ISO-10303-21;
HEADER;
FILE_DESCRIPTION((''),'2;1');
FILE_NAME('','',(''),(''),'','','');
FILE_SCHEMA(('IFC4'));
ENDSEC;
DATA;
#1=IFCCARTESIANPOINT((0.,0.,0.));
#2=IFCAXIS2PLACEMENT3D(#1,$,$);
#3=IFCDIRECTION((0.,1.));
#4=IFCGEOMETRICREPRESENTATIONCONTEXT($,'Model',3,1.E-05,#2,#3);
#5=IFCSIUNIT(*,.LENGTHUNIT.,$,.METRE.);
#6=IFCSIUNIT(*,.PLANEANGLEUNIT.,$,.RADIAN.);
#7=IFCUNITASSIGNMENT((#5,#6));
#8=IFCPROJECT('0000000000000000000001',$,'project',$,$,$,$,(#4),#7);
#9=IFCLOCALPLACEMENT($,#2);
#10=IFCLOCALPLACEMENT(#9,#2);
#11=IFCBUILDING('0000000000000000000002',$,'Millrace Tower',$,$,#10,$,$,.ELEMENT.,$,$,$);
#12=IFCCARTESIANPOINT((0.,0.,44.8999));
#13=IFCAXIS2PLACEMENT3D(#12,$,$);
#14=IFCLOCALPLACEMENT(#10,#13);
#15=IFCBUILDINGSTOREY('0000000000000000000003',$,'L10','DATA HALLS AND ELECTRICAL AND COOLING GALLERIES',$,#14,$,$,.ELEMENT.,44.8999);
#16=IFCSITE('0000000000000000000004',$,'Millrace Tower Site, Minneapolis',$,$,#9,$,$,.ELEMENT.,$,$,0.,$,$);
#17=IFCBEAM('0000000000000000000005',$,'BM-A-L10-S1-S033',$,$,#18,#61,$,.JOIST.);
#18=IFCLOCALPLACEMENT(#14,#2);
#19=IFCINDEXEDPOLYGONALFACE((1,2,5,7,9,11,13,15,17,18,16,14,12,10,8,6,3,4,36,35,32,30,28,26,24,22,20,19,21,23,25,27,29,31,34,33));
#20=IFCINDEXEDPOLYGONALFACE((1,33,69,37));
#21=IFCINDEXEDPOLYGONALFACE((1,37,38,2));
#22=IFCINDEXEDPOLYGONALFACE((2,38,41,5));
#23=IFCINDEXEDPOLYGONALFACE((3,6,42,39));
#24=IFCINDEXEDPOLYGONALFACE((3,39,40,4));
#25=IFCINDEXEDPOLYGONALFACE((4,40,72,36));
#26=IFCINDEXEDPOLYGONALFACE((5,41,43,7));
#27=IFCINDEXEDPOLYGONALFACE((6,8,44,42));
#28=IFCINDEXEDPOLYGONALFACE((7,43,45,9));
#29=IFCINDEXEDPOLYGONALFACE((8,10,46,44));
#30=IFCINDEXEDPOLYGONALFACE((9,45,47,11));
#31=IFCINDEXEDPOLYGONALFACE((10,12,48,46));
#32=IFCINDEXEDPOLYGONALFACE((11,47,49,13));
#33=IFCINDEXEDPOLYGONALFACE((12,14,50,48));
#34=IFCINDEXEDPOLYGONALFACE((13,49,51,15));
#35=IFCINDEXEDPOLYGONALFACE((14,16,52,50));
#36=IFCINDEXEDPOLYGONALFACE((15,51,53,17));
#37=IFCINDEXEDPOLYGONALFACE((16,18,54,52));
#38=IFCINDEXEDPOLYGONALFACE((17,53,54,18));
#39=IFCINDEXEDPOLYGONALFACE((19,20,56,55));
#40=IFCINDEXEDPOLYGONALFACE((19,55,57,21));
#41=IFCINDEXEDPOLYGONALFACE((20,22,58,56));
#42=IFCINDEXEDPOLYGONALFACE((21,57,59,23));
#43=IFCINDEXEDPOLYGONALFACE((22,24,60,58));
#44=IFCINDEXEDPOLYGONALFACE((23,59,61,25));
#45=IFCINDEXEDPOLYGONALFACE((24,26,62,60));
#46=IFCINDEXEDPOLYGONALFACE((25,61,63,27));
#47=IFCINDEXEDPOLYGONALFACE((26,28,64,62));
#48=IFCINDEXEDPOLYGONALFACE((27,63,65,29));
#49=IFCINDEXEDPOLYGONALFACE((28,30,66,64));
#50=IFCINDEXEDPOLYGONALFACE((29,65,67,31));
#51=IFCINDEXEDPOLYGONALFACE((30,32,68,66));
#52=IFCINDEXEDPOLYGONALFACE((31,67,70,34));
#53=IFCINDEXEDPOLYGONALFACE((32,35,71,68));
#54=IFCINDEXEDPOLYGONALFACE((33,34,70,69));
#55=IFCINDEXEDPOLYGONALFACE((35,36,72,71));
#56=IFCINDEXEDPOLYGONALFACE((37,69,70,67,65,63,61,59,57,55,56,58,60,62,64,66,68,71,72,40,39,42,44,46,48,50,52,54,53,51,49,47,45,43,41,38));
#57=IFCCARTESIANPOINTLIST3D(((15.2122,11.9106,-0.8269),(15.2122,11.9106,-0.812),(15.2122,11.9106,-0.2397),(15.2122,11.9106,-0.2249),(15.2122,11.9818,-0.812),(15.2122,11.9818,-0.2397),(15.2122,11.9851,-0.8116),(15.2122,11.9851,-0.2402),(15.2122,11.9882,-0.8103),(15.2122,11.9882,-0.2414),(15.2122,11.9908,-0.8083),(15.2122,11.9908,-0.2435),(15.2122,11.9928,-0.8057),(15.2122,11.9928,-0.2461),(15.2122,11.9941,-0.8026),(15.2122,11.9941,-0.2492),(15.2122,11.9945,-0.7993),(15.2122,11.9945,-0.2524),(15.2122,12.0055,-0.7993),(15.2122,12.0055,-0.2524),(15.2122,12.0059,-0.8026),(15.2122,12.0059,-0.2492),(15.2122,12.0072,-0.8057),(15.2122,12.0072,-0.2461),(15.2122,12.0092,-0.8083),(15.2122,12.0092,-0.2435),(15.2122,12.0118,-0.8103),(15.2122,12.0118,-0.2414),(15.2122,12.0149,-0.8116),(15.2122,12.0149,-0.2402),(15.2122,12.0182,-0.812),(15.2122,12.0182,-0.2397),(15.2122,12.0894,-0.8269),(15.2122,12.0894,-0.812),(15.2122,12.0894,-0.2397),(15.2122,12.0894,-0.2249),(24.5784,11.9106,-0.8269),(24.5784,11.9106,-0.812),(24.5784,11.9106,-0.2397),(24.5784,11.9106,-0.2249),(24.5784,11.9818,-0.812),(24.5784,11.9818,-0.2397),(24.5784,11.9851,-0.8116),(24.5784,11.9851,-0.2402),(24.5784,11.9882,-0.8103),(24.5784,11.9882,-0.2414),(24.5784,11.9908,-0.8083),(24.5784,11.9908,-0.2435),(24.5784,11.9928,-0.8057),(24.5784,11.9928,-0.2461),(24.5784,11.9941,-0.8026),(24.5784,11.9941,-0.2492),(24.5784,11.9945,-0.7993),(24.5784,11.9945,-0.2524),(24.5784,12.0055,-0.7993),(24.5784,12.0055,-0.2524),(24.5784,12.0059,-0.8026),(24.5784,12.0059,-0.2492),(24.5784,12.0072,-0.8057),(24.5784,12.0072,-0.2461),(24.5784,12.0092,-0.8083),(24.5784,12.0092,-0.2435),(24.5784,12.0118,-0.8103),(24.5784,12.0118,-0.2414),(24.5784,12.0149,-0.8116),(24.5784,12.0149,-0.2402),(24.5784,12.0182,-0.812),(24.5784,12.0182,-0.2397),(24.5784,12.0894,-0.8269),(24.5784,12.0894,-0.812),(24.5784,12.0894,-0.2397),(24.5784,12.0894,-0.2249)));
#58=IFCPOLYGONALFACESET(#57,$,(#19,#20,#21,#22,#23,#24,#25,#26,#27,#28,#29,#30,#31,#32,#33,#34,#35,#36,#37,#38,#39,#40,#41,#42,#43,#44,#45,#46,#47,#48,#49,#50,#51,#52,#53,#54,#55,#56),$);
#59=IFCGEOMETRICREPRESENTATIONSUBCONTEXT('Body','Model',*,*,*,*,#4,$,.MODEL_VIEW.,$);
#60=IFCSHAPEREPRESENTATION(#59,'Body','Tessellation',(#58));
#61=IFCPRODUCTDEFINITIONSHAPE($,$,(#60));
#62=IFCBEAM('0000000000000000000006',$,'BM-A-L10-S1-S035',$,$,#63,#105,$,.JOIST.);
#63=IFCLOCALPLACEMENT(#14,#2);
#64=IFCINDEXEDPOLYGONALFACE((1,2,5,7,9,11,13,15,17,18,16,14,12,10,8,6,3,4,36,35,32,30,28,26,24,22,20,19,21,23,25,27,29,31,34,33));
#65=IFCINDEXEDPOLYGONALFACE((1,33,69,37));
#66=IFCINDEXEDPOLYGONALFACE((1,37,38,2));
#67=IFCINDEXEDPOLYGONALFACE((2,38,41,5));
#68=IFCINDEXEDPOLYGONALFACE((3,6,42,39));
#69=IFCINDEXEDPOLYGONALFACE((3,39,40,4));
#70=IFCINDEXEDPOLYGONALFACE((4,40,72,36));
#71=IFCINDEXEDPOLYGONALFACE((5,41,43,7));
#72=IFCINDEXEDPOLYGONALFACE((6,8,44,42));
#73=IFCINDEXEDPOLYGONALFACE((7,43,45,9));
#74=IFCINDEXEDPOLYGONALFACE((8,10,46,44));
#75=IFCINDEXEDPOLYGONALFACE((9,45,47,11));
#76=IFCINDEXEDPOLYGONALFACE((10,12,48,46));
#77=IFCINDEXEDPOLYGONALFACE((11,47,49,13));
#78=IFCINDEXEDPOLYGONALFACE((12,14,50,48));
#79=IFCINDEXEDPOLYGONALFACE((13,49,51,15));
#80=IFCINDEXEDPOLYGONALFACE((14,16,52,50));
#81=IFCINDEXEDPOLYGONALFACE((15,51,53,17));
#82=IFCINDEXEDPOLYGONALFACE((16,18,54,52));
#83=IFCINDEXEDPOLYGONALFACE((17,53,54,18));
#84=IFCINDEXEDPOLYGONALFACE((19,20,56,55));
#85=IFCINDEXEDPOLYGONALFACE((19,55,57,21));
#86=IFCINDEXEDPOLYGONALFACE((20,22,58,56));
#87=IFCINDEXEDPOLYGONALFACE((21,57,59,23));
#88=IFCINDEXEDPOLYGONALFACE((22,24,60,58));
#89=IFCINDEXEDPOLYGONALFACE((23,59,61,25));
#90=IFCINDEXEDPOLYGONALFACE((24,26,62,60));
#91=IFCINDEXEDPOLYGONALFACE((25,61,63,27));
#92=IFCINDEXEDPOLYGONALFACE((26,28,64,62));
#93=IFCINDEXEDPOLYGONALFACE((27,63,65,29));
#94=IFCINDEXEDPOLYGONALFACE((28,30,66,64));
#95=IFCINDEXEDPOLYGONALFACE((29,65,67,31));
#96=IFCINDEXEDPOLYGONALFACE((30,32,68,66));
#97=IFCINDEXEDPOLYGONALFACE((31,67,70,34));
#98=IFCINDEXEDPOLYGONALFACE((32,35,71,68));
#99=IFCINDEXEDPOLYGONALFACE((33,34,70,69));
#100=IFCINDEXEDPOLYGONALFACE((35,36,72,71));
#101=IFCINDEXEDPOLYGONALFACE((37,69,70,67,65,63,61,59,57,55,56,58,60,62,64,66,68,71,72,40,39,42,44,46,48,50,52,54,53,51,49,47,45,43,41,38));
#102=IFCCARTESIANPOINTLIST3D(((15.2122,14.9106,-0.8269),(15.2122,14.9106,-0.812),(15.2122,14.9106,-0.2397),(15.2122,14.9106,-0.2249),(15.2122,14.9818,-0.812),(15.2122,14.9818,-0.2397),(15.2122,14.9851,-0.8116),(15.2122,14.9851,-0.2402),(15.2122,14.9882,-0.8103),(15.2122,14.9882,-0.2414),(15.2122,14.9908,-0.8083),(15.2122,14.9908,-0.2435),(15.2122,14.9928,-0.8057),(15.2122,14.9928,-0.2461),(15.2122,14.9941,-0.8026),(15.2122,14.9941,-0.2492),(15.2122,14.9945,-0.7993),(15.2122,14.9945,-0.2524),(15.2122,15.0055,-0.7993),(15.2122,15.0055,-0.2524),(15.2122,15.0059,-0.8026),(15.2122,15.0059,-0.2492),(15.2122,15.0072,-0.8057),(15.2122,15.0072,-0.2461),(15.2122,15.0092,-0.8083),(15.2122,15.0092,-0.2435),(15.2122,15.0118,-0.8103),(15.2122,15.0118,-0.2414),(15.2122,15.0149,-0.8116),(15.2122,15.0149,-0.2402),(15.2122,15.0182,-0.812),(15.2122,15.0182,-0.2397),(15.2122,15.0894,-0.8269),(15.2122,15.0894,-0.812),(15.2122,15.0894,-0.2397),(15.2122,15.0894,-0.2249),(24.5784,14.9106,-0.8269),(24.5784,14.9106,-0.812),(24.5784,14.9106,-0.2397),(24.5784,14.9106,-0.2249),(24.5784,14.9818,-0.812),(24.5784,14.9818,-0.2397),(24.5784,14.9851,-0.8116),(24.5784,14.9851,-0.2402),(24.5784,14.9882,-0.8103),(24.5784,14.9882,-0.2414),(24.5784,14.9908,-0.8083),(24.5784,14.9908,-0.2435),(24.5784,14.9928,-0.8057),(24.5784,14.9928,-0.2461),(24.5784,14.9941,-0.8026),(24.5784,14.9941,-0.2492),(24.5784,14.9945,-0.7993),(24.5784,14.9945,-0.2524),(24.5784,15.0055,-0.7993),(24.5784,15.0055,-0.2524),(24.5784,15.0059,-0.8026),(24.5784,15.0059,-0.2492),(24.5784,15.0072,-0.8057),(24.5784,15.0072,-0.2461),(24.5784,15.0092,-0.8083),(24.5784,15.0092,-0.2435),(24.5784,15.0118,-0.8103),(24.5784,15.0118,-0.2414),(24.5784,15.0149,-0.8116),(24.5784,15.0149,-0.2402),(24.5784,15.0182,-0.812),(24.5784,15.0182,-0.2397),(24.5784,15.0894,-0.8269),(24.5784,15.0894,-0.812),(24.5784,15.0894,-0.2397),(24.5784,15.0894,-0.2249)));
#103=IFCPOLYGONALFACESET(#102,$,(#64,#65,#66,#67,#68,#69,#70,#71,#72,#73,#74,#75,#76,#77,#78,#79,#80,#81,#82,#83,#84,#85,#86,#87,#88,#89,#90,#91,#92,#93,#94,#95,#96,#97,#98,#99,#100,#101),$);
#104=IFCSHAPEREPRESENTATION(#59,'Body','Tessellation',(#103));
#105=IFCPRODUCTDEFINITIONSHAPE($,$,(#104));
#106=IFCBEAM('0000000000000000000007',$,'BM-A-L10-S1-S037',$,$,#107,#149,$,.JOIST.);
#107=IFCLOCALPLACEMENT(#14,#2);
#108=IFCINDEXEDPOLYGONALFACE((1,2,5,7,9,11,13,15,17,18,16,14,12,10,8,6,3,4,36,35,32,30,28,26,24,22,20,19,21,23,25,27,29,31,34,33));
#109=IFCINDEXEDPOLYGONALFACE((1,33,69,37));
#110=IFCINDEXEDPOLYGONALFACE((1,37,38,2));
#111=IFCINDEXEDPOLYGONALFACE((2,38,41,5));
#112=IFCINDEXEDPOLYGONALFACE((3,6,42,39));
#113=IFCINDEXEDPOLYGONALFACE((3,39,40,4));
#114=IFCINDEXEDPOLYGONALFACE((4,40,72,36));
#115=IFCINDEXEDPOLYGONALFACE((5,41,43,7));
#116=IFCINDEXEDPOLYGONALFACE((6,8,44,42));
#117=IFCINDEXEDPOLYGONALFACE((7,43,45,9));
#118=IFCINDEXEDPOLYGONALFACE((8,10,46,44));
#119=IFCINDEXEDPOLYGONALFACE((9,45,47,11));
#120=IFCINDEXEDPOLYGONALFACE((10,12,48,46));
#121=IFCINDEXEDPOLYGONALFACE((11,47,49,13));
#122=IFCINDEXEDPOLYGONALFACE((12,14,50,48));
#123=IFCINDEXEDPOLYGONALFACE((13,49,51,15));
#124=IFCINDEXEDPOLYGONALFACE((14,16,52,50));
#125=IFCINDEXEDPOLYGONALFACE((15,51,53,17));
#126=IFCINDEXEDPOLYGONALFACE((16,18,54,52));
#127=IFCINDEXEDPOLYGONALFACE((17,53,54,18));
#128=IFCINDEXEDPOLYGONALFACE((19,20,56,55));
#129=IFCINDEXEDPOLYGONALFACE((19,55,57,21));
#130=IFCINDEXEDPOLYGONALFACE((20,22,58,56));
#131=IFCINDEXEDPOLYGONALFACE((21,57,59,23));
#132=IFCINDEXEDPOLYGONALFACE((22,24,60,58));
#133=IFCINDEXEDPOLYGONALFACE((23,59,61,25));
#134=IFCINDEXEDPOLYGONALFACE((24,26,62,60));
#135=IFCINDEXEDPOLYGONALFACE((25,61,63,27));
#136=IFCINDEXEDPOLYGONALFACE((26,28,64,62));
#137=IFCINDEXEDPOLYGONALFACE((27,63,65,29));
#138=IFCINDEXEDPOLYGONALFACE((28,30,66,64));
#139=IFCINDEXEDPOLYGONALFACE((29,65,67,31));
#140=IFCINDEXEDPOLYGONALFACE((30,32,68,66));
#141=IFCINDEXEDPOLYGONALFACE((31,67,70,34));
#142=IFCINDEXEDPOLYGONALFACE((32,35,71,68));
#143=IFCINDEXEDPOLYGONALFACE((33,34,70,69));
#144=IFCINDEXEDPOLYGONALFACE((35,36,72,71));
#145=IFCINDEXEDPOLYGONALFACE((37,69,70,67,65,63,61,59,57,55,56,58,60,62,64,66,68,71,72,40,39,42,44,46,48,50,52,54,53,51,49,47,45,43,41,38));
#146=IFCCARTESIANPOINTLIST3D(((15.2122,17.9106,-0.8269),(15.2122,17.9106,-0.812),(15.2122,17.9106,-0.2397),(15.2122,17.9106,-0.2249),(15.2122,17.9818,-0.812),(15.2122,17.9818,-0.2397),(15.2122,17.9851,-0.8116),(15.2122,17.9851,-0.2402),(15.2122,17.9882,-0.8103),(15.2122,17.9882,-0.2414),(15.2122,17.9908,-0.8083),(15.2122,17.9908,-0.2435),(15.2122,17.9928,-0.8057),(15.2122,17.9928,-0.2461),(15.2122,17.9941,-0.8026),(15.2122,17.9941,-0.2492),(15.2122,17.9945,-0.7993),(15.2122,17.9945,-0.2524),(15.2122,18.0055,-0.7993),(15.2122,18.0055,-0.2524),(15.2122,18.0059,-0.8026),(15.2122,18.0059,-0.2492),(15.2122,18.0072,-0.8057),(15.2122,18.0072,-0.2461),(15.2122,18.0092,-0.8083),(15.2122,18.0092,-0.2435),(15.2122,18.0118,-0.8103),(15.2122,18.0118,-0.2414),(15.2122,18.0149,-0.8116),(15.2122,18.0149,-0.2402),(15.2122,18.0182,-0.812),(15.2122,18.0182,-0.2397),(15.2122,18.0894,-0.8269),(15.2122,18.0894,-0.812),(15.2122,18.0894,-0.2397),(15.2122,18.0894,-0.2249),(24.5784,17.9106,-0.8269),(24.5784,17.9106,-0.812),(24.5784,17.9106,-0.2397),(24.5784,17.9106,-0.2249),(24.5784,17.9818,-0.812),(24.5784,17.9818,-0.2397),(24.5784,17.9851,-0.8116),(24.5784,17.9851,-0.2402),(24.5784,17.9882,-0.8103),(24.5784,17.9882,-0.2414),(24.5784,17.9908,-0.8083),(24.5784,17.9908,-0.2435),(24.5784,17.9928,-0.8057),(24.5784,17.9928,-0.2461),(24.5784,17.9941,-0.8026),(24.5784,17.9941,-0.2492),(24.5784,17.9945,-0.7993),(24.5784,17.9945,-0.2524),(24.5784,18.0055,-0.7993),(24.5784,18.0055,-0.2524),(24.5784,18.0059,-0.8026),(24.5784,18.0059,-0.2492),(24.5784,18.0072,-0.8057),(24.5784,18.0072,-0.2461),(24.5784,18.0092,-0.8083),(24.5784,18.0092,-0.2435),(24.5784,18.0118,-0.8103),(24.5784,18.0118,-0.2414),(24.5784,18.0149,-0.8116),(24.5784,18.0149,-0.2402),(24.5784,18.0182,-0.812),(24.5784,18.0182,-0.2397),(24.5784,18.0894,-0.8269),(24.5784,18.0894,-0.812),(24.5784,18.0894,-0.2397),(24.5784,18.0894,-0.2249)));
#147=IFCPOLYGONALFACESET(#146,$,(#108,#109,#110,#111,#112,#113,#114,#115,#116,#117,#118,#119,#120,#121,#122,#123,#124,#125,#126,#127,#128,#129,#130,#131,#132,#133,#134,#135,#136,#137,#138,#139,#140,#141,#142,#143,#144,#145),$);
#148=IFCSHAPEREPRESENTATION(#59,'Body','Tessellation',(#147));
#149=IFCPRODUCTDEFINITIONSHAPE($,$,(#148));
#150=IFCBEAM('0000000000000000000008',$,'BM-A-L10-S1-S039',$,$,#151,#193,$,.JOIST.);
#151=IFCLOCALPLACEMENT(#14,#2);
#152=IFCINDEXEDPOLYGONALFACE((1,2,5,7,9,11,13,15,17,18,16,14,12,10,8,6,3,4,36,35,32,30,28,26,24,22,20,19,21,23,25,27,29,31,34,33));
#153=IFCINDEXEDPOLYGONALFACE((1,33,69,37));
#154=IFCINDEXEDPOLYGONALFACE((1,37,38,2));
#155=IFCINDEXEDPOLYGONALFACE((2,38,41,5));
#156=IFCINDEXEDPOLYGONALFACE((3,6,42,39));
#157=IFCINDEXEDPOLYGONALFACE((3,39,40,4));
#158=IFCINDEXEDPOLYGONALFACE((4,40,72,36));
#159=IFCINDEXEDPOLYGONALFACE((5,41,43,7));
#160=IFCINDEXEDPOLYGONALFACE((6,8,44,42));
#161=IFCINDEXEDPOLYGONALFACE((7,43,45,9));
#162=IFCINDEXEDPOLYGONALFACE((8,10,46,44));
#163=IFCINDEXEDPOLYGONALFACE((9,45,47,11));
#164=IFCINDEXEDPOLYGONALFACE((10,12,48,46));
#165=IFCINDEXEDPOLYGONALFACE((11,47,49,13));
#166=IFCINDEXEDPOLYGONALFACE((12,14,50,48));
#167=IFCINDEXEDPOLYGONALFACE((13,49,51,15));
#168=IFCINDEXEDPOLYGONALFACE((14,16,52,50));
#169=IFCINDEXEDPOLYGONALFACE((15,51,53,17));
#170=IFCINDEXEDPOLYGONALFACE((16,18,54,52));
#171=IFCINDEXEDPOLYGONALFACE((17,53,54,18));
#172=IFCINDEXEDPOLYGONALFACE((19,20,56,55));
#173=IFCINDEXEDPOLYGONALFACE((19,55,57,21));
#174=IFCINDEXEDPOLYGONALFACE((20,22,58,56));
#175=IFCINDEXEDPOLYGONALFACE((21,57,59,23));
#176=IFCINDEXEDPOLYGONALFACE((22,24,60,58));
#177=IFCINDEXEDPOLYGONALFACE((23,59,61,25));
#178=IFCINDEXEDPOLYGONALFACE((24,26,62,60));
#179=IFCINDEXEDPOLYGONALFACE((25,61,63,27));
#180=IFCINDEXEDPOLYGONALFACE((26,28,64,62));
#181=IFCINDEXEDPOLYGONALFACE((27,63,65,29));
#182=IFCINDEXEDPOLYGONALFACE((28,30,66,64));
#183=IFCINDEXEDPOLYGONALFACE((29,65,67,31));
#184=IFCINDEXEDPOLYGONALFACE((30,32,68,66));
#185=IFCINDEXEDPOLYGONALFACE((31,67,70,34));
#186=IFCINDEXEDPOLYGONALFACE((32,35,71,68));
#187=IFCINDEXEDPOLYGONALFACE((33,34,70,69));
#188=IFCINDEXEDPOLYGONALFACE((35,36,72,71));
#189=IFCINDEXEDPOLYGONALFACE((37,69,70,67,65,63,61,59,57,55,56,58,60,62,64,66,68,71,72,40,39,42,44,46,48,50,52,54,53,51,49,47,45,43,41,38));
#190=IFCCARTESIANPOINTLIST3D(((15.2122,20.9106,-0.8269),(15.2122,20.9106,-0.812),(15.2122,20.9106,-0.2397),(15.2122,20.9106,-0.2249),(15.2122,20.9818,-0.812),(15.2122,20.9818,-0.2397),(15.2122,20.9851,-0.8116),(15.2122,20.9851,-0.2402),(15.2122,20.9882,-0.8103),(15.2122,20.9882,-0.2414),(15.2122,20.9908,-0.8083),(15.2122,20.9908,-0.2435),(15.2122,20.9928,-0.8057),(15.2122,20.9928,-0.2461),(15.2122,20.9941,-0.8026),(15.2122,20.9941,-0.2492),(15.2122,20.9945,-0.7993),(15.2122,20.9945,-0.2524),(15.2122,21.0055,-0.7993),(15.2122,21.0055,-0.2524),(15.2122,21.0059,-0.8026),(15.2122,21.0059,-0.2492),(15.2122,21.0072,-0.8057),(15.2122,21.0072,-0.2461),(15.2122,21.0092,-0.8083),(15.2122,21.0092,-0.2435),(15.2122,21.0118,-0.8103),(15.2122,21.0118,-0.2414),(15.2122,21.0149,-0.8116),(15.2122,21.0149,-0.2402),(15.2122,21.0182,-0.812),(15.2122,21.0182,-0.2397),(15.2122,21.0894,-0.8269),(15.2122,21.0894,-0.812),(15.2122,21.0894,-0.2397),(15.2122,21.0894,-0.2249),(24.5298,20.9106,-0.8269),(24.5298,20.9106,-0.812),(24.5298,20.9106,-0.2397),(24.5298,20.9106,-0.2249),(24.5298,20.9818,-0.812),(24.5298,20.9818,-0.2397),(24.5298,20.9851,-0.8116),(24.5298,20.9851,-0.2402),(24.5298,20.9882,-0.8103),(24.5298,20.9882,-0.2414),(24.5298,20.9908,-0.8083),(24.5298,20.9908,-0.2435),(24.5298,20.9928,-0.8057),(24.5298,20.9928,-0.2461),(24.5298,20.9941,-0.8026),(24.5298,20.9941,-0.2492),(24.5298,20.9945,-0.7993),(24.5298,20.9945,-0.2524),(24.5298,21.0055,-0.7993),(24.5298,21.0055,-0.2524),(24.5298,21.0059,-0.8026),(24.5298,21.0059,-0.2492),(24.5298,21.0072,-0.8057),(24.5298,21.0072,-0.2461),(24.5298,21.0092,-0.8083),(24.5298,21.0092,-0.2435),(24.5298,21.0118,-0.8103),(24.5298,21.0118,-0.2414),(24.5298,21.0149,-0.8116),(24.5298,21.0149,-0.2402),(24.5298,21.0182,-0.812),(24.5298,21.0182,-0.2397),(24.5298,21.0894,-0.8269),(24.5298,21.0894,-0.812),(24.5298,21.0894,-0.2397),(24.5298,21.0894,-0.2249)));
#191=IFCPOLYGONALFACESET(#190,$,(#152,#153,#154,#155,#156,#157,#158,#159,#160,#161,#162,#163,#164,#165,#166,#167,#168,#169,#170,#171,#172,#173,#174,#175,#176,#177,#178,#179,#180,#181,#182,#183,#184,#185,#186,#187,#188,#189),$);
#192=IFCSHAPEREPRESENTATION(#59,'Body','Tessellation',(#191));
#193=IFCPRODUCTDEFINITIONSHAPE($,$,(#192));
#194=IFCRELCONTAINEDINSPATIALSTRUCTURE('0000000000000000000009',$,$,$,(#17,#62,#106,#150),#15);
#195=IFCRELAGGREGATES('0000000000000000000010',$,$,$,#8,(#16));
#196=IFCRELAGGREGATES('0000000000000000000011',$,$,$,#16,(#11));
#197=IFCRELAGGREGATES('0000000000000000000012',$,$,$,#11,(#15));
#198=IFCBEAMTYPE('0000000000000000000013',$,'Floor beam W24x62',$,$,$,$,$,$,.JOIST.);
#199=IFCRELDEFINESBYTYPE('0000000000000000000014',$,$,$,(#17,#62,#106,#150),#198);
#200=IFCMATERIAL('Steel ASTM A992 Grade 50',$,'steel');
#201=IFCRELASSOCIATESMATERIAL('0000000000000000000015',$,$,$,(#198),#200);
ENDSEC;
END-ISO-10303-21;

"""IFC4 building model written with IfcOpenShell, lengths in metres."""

from ifc_helpers import new_model, si_unit, direction, frame, origin, origin_2d, place, context, subcontext, project, spatial, i_section, extrude, material, material_profile, profile_set, type_object, element, save


model = new_model("IFC4")

# Units and contexts
model_context = context("Model", 3, precision=1e-05, world=origin(), true_north=direction((0.0, 1.0)))
body_context = subcontext(model_context, "Body", "Model", "MODEL_VIEW")
ifc_project = project(units=[si_unit("LENGTHUNIT", "METRE"), si_unit("PLANEANGLEUNIT", "RADIAN")], contexts=[model_context])

# Site, building, storey
site_placement = place(None, origin())
site = spatial("IfcSite", under=ifc_project, at=site_placement, Name="Millrace Tower Site, Minneapolis", CompositionType="ELEMENT", RefElevation=0.0)
building_placement = place(site_placement, origin())
building = spatial("IfcBuilding", under=site, at=building_placement, Name="Millrace Tower", CompositionType="ELEMENT")
storey_placement = place(building_placement, frame((0.0, 0.0, 44.8999)))
storey = spatial("IfcBuildingStorey", under=building, at=storey_placement, Name="L10", Description="DATA HALLS AND ELECTRICAL AND COOLING GALLERIES", CompositionType="ELEMENT", Elevation=44.8999)

# Beams
ifc_material_1 = material(Name="Steel ASTM A992 Grade 50", Category="steel")
ifc_material_profile_1 = material_profile(ifc_material_1, i_section(OverallWidth=0.1787, OverallDepth=0.6021, WebThickness=0.011, FlangeThickness=0.0149, FilletRadius=0.0127, at=origin_2d()))
ifc_profile_set_1 = profile_set([ifc_material_profile_1], Name="Steel ASTM A992 Grade 50")
beam_type_1 = type_object("IfcBeamType", Name="Floor beam W24x62", PredefinedType="JOIST", material=ifc_profile_set_1)
for number, where, z_axis, x_axis, name in (
    (1, (15.2122, 12.0, -0.5259), (1.0, 0.0, 0.0), (0.0, 1.0, 0.0), "BM-A-L10-S1-S033"),
    (2, (15.2122, 15.0, -0.5259), (1.0, 0.0, 0.0), (0.0, 1.0, 0.0), "BM-A-L10-S1-S035"),
    (3, (15.2122, 18.0, -0.5259), (1.0, 0.0, 0.0), (0.0, 1.0, 0.0), "BM-A-L10-S1-S037"),
):
    element("IfcBeam", number, at=place(storey_placement, frame(where, z_axis=z_axis, x_axis=x_axis)), inside=storey, type_object=beam_type_1, Name=name, PredefinedType="JOIST", context=body_context, shape_type="SweptSolid", body=[
        extrude(i_section(OverallWidth=0.1787, OverallDepth=0.6021, WebThickness=0.011, FlangeThickness=0.0149, FilletRadius=0.0127, at=origin_2d()), origin(), (0.0, 0.0, 1.0), 9.3662),
    ])
beam_1_placement = place(storey_placement, frame((15.2122, 21.0, -0.5259), z_axis=(1.0, 0.0, 0.0), x_axis=(0.0, 1.0, 0.0)))
element("IfcBeam", 4, at=beam_1_placement, inside=storey, type_object=beam_type_1, Name="BM-A-L10-S1-S039", PredefinedType="JOIST", context=body_context, shape_type="SweptSolid", body=[
    extrude(i_section(OverallWidth=0.1787, OverallDepth=0.6021, WebThickness=0.011, FlangeThickness=0.0149, FilletRadius=0.0127, at=origin_2d()), origin(), (0.0, 0.0, 1.0), 9.3176),
])

save(model, "model.ifc")
